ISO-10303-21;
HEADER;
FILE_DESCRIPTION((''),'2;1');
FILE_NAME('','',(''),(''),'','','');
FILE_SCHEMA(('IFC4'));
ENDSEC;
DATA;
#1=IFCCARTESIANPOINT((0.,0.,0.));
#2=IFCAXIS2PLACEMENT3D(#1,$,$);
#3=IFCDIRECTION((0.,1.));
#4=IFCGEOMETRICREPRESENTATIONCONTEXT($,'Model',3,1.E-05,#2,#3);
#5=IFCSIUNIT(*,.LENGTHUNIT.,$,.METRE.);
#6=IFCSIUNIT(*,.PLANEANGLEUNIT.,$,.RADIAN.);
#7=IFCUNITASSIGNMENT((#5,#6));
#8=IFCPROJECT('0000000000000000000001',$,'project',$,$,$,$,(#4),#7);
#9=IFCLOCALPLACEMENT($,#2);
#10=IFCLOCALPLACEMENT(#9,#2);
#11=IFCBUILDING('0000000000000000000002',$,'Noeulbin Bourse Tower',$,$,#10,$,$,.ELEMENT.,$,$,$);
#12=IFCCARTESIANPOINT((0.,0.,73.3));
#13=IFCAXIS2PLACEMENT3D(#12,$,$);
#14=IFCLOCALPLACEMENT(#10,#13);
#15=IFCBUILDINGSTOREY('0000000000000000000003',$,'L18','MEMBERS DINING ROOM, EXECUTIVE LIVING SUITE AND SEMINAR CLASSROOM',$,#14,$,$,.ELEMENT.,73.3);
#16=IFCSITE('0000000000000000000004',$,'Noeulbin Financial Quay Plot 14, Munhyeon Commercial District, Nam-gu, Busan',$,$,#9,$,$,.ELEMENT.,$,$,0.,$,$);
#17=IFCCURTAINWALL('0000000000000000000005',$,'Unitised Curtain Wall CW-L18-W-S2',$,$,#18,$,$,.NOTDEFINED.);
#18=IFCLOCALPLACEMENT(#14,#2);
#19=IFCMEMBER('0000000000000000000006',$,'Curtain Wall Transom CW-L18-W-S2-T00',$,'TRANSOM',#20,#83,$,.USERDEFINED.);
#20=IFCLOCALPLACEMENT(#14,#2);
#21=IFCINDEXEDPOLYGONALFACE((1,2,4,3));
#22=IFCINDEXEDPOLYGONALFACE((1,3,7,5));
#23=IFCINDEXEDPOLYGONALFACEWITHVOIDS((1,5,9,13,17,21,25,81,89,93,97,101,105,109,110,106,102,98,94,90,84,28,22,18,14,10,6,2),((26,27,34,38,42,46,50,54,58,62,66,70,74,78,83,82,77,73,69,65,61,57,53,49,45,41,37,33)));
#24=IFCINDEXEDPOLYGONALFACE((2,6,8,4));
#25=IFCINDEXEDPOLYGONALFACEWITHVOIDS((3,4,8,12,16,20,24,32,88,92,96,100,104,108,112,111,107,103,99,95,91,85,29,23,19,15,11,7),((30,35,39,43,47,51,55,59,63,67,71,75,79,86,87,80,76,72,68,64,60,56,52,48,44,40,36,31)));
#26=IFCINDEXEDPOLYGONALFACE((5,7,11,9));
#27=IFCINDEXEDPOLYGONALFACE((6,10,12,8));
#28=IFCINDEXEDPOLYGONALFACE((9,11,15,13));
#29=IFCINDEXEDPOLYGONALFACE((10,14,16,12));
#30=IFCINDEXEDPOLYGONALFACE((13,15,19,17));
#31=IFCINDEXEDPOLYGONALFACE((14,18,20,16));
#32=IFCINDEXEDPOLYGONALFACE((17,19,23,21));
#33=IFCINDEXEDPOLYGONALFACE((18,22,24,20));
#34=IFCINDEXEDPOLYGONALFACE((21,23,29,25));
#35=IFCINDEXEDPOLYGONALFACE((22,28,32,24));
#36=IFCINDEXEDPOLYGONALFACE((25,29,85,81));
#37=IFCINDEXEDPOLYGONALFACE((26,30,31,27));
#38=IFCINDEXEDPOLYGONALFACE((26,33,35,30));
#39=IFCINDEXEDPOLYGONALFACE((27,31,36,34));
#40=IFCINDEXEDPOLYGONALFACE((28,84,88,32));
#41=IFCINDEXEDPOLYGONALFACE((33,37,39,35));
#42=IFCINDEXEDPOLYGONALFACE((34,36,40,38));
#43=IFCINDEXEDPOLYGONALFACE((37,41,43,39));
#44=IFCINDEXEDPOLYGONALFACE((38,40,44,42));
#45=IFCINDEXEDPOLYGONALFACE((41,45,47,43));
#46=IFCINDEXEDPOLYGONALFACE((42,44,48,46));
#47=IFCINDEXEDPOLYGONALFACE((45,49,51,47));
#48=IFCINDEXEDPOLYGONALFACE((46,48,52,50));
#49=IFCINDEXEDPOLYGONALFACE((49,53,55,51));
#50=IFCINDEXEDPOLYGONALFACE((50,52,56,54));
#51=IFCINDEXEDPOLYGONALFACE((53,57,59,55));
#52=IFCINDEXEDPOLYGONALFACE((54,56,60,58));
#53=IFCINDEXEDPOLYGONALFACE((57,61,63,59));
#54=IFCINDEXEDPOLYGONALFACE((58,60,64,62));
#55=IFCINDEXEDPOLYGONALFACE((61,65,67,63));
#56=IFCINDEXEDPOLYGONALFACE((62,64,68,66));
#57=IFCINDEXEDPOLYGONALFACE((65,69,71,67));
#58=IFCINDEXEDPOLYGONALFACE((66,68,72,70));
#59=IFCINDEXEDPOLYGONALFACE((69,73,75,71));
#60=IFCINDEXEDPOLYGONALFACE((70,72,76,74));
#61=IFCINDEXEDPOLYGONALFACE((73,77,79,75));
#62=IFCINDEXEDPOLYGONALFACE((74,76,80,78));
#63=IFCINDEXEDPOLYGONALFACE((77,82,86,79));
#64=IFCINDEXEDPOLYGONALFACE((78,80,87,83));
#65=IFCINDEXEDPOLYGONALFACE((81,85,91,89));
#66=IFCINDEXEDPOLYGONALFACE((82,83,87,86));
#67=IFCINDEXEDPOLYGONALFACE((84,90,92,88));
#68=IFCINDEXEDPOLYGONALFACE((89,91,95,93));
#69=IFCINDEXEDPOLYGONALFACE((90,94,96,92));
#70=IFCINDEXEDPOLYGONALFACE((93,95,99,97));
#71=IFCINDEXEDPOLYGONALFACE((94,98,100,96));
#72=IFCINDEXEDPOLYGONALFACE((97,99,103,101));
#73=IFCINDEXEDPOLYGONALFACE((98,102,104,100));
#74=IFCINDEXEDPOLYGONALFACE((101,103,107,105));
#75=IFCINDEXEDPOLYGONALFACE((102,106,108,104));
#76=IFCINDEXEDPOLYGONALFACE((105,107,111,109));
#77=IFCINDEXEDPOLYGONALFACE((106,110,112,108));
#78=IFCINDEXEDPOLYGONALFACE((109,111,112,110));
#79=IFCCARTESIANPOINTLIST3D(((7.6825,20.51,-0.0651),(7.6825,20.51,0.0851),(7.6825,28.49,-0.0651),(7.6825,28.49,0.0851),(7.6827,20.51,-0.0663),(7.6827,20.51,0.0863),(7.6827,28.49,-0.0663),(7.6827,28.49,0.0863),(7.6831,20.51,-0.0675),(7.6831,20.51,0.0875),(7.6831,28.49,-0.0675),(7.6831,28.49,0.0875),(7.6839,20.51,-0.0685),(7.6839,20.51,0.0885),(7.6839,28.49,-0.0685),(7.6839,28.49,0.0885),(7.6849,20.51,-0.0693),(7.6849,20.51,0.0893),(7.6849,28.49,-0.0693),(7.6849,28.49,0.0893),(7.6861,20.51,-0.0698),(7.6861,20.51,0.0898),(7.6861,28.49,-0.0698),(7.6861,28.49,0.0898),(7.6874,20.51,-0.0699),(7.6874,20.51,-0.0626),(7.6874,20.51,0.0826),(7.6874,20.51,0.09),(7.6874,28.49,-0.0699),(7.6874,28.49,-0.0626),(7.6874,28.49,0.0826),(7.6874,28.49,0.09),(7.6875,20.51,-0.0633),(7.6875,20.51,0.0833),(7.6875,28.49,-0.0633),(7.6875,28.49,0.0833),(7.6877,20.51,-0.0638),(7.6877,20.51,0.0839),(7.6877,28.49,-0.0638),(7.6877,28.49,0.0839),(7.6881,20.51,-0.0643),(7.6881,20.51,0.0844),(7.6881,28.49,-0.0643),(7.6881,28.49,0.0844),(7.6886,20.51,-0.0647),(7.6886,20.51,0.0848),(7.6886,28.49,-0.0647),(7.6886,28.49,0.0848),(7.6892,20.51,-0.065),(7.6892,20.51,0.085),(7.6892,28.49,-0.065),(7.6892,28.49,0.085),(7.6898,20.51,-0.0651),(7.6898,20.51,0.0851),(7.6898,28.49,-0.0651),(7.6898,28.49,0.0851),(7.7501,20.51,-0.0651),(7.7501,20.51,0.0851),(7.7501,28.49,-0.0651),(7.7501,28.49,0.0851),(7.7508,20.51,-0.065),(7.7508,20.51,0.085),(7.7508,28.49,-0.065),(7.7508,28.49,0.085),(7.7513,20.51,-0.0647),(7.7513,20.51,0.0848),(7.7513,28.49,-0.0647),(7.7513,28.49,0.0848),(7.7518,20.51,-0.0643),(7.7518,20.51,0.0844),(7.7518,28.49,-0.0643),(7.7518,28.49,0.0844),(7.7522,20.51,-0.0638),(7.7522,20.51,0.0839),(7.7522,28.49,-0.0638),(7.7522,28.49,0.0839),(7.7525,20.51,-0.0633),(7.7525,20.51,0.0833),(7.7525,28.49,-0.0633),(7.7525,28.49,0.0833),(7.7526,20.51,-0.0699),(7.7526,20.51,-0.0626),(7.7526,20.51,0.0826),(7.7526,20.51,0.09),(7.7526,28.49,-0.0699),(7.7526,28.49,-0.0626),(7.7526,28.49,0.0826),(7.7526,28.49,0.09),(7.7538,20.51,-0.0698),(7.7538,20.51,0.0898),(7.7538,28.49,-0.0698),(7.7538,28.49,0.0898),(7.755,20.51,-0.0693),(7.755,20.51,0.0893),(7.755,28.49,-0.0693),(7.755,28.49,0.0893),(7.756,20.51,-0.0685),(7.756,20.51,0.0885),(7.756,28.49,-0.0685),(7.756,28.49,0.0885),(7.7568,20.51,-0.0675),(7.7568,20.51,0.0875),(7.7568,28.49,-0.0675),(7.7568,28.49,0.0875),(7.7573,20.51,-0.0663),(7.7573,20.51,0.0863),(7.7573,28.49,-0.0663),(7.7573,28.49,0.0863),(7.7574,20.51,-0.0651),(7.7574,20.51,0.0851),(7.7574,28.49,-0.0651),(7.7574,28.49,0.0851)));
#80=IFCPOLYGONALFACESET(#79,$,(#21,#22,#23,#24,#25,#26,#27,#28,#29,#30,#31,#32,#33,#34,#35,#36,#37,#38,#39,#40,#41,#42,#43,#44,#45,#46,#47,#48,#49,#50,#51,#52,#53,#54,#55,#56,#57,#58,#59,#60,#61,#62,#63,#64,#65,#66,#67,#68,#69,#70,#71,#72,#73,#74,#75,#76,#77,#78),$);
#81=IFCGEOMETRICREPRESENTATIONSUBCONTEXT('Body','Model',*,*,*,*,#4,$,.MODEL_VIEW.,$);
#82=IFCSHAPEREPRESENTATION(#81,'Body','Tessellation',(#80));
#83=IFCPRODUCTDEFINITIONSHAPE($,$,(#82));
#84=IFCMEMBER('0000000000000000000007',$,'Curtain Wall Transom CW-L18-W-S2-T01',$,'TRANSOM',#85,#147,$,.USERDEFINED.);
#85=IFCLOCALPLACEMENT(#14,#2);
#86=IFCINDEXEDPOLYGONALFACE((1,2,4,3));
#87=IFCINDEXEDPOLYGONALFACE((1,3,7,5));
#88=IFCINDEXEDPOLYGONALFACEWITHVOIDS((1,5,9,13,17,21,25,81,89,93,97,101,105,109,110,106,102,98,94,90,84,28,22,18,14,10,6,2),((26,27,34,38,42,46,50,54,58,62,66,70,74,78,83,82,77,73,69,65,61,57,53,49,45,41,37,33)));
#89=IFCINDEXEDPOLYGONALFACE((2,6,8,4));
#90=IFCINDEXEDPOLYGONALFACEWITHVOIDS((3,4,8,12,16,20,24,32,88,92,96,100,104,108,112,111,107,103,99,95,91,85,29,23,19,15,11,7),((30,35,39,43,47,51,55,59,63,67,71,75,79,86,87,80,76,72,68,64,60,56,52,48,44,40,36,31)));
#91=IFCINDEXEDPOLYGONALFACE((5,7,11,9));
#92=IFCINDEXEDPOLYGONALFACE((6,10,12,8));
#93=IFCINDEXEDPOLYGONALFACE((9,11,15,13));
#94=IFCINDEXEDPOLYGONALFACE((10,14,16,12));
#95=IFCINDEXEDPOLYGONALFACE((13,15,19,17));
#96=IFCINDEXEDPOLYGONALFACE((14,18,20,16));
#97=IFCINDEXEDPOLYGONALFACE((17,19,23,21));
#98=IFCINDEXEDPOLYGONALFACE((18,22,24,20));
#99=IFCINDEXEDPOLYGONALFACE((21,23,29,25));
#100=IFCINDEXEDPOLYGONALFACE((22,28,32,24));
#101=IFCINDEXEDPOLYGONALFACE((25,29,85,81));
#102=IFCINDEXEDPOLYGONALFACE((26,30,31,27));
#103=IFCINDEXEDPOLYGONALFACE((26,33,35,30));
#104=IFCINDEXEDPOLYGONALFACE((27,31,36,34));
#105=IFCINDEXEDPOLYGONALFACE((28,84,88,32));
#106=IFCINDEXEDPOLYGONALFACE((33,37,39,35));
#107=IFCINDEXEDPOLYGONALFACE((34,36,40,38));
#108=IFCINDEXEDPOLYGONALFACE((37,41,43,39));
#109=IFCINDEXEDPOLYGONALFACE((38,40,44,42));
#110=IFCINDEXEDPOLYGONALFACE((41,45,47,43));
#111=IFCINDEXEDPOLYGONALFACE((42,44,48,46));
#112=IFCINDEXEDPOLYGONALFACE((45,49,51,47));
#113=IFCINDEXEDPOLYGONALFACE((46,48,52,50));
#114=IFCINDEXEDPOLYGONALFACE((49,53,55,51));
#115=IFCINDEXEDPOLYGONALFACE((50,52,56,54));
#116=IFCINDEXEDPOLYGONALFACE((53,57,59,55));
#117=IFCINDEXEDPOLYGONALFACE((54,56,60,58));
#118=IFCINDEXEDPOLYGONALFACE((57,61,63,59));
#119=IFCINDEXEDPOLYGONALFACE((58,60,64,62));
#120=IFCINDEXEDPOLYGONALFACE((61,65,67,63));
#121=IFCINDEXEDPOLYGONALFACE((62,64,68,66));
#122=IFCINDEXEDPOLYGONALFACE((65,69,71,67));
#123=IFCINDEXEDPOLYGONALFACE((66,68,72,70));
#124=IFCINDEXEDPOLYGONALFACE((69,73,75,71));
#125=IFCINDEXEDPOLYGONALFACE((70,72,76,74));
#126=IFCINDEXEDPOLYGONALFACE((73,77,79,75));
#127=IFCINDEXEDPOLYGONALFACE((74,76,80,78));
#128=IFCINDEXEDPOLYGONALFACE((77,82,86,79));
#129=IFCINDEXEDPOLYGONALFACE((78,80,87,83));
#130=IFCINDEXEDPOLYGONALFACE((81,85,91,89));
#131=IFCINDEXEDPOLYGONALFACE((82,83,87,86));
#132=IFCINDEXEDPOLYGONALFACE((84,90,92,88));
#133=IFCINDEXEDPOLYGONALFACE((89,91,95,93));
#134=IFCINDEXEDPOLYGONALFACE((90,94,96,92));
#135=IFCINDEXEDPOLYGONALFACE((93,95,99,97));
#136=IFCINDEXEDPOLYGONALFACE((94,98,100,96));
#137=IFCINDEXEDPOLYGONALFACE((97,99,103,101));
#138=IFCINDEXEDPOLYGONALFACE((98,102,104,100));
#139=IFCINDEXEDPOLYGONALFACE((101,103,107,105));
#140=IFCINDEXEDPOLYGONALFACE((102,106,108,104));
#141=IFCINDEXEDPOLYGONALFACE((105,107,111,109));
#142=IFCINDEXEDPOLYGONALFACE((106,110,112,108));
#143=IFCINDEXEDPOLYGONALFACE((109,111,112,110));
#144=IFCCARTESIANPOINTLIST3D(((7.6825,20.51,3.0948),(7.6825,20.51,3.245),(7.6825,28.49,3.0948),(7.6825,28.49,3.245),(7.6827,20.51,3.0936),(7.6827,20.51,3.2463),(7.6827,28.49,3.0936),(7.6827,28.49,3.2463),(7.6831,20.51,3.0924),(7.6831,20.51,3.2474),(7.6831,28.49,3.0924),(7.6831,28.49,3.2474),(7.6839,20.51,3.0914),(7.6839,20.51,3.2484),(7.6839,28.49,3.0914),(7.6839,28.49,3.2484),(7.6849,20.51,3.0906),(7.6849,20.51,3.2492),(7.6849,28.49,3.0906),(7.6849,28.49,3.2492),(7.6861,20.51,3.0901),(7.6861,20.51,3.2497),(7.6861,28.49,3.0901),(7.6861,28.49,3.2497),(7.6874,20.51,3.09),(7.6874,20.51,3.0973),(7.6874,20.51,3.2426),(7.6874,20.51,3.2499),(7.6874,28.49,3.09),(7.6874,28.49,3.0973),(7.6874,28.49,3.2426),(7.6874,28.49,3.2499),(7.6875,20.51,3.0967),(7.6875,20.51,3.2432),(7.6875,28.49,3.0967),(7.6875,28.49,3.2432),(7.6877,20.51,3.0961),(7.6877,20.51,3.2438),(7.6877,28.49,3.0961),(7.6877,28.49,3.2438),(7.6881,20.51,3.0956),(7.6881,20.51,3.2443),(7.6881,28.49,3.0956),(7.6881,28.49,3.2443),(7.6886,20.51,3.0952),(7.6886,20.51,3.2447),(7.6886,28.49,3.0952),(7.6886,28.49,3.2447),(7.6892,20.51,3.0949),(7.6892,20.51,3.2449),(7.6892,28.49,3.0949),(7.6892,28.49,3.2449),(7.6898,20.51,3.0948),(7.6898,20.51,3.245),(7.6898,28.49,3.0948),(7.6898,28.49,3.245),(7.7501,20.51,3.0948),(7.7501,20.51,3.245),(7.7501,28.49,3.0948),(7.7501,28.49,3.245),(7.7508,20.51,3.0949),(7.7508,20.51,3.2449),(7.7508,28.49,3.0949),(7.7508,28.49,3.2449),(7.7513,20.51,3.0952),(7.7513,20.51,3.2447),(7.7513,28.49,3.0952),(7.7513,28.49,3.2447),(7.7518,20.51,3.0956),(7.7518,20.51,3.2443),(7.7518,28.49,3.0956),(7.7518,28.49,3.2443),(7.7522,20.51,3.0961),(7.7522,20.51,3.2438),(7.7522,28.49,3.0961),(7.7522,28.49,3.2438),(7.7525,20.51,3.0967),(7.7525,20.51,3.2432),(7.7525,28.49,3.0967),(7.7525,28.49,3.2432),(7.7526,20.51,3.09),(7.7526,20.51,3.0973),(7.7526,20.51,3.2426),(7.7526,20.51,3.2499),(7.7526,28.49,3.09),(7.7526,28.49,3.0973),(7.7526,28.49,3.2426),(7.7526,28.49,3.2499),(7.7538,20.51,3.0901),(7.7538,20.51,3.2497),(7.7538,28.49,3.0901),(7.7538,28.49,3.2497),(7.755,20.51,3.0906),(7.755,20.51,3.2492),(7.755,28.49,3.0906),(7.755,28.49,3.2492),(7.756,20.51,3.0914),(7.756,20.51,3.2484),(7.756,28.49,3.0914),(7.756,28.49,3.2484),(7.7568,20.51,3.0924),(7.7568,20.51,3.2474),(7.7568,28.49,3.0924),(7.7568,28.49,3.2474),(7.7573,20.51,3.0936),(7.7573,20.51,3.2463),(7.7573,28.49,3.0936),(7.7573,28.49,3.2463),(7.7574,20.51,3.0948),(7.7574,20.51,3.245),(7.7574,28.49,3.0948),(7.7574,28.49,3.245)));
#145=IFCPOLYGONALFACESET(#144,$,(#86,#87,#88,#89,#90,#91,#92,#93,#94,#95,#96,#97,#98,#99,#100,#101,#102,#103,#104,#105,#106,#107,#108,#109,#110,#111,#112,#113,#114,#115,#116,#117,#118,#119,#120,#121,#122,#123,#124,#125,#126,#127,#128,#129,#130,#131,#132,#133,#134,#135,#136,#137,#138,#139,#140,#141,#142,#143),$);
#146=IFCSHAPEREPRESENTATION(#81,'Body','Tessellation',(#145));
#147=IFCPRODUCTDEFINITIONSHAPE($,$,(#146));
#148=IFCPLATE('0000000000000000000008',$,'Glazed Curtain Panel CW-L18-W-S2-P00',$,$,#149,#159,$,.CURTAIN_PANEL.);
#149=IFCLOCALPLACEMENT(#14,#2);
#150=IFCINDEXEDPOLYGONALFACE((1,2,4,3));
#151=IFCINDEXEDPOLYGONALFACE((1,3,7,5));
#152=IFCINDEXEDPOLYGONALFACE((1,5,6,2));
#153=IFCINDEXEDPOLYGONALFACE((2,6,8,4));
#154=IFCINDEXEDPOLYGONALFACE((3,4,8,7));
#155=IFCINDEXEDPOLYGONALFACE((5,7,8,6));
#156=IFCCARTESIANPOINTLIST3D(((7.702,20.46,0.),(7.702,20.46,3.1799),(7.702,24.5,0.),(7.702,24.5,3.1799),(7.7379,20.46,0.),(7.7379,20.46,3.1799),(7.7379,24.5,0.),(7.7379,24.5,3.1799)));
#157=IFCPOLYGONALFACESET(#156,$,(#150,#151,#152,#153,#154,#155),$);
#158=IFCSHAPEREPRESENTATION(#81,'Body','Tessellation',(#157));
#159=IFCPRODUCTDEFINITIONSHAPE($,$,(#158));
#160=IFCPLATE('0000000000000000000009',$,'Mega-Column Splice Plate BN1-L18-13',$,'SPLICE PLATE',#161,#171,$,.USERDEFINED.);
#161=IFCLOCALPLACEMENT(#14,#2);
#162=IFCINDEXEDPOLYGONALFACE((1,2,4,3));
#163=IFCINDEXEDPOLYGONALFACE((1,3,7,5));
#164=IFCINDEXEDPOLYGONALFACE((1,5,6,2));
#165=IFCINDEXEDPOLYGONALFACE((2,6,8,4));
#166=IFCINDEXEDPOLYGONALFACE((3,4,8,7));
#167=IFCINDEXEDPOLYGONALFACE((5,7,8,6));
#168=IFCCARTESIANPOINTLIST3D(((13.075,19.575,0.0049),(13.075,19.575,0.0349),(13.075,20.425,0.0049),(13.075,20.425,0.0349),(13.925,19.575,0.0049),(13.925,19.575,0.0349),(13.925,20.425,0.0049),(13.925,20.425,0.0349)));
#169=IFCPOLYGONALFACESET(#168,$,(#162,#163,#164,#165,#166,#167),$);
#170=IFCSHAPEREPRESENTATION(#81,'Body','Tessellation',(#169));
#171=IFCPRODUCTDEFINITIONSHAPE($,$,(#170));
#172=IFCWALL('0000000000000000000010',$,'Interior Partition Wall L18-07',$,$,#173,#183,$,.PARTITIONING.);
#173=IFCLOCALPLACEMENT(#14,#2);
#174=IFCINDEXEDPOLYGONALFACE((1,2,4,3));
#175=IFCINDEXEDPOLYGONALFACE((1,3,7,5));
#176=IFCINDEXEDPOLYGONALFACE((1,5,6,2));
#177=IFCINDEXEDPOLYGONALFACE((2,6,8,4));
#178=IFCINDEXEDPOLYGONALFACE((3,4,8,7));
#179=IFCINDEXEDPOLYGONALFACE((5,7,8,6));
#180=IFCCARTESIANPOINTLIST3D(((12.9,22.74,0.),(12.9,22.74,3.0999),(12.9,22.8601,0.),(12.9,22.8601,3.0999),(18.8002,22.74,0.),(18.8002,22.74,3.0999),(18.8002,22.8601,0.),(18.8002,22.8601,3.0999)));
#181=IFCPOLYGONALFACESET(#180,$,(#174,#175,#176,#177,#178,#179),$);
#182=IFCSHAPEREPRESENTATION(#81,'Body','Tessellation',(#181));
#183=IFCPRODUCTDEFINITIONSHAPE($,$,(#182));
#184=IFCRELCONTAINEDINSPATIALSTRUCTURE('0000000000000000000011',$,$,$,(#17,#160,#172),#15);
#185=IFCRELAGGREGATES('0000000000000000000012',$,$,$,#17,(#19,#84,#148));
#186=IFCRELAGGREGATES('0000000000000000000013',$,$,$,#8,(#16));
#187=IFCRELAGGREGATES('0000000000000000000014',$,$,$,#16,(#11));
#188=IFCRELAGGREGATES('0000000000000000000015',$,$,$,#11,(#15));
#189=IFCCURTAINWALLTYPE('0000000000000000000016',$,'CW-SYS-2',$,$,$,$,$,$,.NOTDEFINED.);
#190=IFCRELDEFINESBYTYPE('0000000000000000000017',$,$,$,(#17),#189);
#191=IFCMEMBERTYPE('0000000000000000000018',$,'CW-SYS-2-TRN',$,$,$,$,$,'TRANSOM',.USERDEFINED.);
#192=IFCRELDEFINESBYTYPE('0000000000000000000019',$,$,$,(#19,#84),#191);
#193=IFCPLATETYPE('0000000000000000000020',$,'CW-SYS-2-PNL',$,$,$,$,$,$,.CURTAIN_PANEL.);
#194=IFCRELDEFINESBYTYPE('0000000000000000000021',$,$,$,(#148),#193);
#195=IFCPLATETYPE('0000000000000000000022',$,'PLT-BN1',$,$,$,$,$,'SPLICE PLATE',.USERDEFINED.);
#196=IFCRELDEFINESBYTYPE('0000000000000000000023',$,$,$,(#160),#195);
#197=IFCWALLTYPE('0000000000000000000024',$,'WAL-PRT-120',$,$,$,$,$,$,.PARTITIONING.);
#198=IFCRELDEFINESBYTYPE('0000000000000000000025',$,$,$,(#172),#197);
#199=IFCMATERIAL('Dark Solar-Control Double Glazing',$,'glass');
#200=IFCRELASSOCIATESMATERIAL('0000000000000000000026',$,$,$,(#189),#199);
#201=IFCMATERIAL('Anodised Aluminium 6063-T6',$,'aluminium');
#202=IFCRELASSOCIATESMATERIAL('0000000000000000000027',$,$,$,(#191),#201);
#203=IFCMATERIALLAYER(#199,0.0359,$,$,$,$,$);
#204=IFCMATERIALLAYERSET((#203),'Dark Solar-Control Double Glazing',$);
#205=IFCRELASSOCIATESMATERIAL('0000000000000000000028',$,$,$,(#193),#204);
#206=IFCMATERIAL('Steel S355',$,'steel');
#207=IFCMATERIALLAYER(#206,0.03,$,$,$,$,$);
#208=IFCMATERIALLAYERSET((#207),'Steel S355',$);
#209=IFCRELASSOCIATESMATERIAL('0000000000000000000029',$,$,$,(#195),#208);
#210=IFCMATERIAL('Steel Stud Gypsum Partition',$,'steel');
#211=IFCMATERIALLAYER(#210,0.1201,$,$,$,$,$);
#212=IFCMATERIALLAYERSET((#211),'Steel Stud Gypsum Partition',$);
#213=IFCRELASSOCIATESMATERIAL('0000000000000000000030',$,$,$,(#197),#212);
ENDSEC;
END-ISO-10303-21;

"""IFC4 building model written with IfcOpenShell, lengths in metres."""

from ifc_helpers import new_model, si_unit, direction, frame, frame_2d, origin, origin_2d, place, context, subcontext, project, spatial, rectangle, hollow_rectangle, extrude, material, layer, layer_set, material_profile, profile_set, type_object, element, aggregate, save


model = new_model("IFC4")

# Units and contexts
model_context = context("Model", 3, precision=1e-05, world=origin(), true_north=direction((0.0, 1.0)))
body_context = subcontext(model_context, "Body", "Model", "MODEL_VIEW")
ifc_project = project(units=[si_unit("LENGTHUNIT", "METRE"), si_unit("PLANEANGLEUNIT", "RADIAN")], contexts=[model_context])

# Site, building, storey
site_placement = place(None, origin())
site = spatial("IfcSite", under=ifc_project, at=site_placement, Name="Noeulbin Financial Quay Plot 14, Munhyeon Commercial District, Nam-gu, Busan", CompositionType="ELEMENT", RefElevation=0.0)
building_placement = place(site_placement, origin())
building = spatial("IfcBuilding", under=site, at=building_placement, Name="Noeulbin Bourse Tower", CompositionType="ELEMENT")
storey_placement = place(building_placement, frame((0.0, 0.0, 73.3)))
storey = spatial("IfcBuildingStorey", under=building, at=storey_placement, Name="L18", Description="MEMBERS DINING ROOM, EXECUTIVE LIVING SUITE AND SEMINAR CLASSROOM", CompositionType="ELEMENT", Elevation=73.3)

# Shared definitions
ifc_material_1 = material(Name="Steel S355", Category="steel")

# Curtain wall, members, plate
ifc_material_2 = material(Name="Dark Solar-Control Double Glazing", Category="glass")
curtain_wall_type = type_object("IfcCurtainWallType", Name="CW-SYS-2", PredefinedType="NOTDEFINED", material=ifc_material_2)
curtain_wall_placement = place(storey_placement, origin())
curtain_wall = element("IfcCurtainWall", 1, at=curtain_wall_placement, inside=storey, type_object=curtain_wall_type, Name="Unitised Curtain Wall CW-L18-W-S2", PredefinedType="NOTDEFINED")
ifc_material_3 = material(Name="Anodised Aluminium 6063-T6", Category="aluminium")
ifc_material_profile_1 = material_profile(ifc_material_3, hollow_rectangle(XDim=0.075, YDim=0.1599, WallThickness=0.0049, InnerFilletRadius=0.0024, OuterFilletRadius=0.0049, at=origin_2d()), Name="ALU-TRAN-75x160x5", Category="LoadBearing")
ifc_profile_set_1 = profile_set([ifc_material_profile_1], Name="Anodised Aluminium 6063-T6")
member_type_1 = type_object("IfcMemberType", Name="CW-SYS-2-TRN", ElementType="TRANSOM", PredefinedType="USERDEFINED", material=ifc_profile_set_1)
member_1_placement = place(storey_placement, frame((7.72, 20.51, 0.01), z_axis=(0.0, 1.0, 0.0), x_axis=(-1.0, 0.0, 0.0)))
member_1 = element("IfcMember", 2, at=member_1_placement, type_object=member_type_1, Name="Curtain Wall Transom CW-L18-W-S2-T00", ObjectType="TRANSOM", PredefinedType="USERDEFINED", context=body_context, shape_type="SweptSolid", body=[
    extrude(hollow_rectangle(XDim=0.075, YDim=0.1599, WallThickness=0.0049, InnerFilletRadius=0.0024, OuterFilletRadius=0.0049, at=origin_2d()), origin(), (0.0, 0.0, 1.0), 7.98),
])
member_2_placement = place(storey_placement, frame((7.72, 20.51, 3.1699), z_axis=(0.0, 1.0, 0.0), x_axis=(-1.0, 0.0, 0.0)))
member_2 = element("IfcMember", 3, at=member_2_placement, type_object=member_type_1, Name="Curtain Wall Transom CW-L18-W-S2-T01", ObjectType="TRANSOM", PredefinedType="USERDEFINED", context=body_context, shape_type="SweptSolid", body=[
    extrude(hollow_rectangle(XDim=0.075, YDim=0.1599, WallThickness=0.0049, InnerFilletRadius=0.0024, OuterFilletRadius=0.0049, at=origin_2d()), origin(), (0.0, 0.0, 1.0), 7.98),
])
ifc_layer_1 = layer(ifc_material_2, 0.0359)
ifc_layer_set_1 = layer_set([ifc_layer_1], Name="Dark Solar-Control Double Glazing")
plate_type_1 = type_object("IfcPlateType", Name="CW-SYS-2-PNL", PredefinedType="CURTAIN_PANEL", material=ifc_layer_set_1)
plate_1_placement = place(storey_placement, frame((7.72, 22.48, 0.0), z_axis=(0.0, 0.0, 1.0), x_axis=(0.0, 1.0, 0.0)))
plate_1 = element("IfcPlate", 4, at=plate_1_placement, type_object=plate_type_1, Name="Glazed Curtain Panel CW-L18-W-S2-P00", PredefinedType="CURTAIN_PANEL", context=body_context, shape_type="SweptSolid", body=[
    extrude(rectangle(XDim=4.04, YDim=0.0359, at=origin_2d()), origin(), (0.0, 0.0, 1.0), 3.1799),
])
aggregate(curtain_wall, [member_1, member_2, plate_1])

# Plate
ifc_layer_2 = layer(ifc_material_1, 0.03)
ifc_layer_set_2 = layer_set([ifc_layer_2], Name="Steel S355")
plate_type_2 = type_object("IfcPlateType", Name="PLT-BN1", ElementType="SPLICE PLATE", PredefinedType="USERDEFINED", material=ifc_layer_set_2)
plate_2_placement = place(storey_placement, frame((13.5, 20.0, 0.0049), z_axis=(0.0, 0.0, 1.0), x_axis=(1.0, 0.0, 0.0)))
element("IfcPlate", 5, at=plate_2_placement, inside=storey, type_object=plate_type_2, Name="Mega-Column Splice Plate BN1-L18-13", ObjectType="SPLICE PLATE", PredefinedType="USERDEFINED", context=body_context, shape_type="SweptSolid", body=[
    extrude(rectangle(XDim=0.8501, YDim=0.8501, at=origin_2d()), origin(), (0.0, 0.0, 1.0), 0.03),
])

# Wall
ifc_material_4 = material(Name="Steel Stud Gypsum Partition", Category="steel")
ifc_layer_3 = layer(ifc_material_4, 0.1201)
ifc_layer_set_3 = layer_set([ifc_layer_3], Name="Steel Stud Gypsum Partition")
wall_type = type_object("IfcWallType", Name="WAL-PRT-120", PredefinedType="PARTITIONING", material=ifc_layer_set_3)
wall_placement = place(storey_placement, frame((12.8999, 22.8, 0.0), z_axis=(0.0, 0.0, 1.0), x_axis=(1.0, 0.0, 0.0)))
element("IfcWall", 6, at=wall_placement, inside=storey, type_object=wall_type, Name="Interior Partition Wall L18-07", PredefinedType="PARTITIONING", context=body_context, shape_type="SweptSolid", body=[
    extrude(rectangle(XDim=5.9001, YDim=0.1201, at=frame_2d((2.9502, 0.0))), origin(), (0.0, 0.0, 1.0), 3.0999),
])

save(model, "model.ifc")
